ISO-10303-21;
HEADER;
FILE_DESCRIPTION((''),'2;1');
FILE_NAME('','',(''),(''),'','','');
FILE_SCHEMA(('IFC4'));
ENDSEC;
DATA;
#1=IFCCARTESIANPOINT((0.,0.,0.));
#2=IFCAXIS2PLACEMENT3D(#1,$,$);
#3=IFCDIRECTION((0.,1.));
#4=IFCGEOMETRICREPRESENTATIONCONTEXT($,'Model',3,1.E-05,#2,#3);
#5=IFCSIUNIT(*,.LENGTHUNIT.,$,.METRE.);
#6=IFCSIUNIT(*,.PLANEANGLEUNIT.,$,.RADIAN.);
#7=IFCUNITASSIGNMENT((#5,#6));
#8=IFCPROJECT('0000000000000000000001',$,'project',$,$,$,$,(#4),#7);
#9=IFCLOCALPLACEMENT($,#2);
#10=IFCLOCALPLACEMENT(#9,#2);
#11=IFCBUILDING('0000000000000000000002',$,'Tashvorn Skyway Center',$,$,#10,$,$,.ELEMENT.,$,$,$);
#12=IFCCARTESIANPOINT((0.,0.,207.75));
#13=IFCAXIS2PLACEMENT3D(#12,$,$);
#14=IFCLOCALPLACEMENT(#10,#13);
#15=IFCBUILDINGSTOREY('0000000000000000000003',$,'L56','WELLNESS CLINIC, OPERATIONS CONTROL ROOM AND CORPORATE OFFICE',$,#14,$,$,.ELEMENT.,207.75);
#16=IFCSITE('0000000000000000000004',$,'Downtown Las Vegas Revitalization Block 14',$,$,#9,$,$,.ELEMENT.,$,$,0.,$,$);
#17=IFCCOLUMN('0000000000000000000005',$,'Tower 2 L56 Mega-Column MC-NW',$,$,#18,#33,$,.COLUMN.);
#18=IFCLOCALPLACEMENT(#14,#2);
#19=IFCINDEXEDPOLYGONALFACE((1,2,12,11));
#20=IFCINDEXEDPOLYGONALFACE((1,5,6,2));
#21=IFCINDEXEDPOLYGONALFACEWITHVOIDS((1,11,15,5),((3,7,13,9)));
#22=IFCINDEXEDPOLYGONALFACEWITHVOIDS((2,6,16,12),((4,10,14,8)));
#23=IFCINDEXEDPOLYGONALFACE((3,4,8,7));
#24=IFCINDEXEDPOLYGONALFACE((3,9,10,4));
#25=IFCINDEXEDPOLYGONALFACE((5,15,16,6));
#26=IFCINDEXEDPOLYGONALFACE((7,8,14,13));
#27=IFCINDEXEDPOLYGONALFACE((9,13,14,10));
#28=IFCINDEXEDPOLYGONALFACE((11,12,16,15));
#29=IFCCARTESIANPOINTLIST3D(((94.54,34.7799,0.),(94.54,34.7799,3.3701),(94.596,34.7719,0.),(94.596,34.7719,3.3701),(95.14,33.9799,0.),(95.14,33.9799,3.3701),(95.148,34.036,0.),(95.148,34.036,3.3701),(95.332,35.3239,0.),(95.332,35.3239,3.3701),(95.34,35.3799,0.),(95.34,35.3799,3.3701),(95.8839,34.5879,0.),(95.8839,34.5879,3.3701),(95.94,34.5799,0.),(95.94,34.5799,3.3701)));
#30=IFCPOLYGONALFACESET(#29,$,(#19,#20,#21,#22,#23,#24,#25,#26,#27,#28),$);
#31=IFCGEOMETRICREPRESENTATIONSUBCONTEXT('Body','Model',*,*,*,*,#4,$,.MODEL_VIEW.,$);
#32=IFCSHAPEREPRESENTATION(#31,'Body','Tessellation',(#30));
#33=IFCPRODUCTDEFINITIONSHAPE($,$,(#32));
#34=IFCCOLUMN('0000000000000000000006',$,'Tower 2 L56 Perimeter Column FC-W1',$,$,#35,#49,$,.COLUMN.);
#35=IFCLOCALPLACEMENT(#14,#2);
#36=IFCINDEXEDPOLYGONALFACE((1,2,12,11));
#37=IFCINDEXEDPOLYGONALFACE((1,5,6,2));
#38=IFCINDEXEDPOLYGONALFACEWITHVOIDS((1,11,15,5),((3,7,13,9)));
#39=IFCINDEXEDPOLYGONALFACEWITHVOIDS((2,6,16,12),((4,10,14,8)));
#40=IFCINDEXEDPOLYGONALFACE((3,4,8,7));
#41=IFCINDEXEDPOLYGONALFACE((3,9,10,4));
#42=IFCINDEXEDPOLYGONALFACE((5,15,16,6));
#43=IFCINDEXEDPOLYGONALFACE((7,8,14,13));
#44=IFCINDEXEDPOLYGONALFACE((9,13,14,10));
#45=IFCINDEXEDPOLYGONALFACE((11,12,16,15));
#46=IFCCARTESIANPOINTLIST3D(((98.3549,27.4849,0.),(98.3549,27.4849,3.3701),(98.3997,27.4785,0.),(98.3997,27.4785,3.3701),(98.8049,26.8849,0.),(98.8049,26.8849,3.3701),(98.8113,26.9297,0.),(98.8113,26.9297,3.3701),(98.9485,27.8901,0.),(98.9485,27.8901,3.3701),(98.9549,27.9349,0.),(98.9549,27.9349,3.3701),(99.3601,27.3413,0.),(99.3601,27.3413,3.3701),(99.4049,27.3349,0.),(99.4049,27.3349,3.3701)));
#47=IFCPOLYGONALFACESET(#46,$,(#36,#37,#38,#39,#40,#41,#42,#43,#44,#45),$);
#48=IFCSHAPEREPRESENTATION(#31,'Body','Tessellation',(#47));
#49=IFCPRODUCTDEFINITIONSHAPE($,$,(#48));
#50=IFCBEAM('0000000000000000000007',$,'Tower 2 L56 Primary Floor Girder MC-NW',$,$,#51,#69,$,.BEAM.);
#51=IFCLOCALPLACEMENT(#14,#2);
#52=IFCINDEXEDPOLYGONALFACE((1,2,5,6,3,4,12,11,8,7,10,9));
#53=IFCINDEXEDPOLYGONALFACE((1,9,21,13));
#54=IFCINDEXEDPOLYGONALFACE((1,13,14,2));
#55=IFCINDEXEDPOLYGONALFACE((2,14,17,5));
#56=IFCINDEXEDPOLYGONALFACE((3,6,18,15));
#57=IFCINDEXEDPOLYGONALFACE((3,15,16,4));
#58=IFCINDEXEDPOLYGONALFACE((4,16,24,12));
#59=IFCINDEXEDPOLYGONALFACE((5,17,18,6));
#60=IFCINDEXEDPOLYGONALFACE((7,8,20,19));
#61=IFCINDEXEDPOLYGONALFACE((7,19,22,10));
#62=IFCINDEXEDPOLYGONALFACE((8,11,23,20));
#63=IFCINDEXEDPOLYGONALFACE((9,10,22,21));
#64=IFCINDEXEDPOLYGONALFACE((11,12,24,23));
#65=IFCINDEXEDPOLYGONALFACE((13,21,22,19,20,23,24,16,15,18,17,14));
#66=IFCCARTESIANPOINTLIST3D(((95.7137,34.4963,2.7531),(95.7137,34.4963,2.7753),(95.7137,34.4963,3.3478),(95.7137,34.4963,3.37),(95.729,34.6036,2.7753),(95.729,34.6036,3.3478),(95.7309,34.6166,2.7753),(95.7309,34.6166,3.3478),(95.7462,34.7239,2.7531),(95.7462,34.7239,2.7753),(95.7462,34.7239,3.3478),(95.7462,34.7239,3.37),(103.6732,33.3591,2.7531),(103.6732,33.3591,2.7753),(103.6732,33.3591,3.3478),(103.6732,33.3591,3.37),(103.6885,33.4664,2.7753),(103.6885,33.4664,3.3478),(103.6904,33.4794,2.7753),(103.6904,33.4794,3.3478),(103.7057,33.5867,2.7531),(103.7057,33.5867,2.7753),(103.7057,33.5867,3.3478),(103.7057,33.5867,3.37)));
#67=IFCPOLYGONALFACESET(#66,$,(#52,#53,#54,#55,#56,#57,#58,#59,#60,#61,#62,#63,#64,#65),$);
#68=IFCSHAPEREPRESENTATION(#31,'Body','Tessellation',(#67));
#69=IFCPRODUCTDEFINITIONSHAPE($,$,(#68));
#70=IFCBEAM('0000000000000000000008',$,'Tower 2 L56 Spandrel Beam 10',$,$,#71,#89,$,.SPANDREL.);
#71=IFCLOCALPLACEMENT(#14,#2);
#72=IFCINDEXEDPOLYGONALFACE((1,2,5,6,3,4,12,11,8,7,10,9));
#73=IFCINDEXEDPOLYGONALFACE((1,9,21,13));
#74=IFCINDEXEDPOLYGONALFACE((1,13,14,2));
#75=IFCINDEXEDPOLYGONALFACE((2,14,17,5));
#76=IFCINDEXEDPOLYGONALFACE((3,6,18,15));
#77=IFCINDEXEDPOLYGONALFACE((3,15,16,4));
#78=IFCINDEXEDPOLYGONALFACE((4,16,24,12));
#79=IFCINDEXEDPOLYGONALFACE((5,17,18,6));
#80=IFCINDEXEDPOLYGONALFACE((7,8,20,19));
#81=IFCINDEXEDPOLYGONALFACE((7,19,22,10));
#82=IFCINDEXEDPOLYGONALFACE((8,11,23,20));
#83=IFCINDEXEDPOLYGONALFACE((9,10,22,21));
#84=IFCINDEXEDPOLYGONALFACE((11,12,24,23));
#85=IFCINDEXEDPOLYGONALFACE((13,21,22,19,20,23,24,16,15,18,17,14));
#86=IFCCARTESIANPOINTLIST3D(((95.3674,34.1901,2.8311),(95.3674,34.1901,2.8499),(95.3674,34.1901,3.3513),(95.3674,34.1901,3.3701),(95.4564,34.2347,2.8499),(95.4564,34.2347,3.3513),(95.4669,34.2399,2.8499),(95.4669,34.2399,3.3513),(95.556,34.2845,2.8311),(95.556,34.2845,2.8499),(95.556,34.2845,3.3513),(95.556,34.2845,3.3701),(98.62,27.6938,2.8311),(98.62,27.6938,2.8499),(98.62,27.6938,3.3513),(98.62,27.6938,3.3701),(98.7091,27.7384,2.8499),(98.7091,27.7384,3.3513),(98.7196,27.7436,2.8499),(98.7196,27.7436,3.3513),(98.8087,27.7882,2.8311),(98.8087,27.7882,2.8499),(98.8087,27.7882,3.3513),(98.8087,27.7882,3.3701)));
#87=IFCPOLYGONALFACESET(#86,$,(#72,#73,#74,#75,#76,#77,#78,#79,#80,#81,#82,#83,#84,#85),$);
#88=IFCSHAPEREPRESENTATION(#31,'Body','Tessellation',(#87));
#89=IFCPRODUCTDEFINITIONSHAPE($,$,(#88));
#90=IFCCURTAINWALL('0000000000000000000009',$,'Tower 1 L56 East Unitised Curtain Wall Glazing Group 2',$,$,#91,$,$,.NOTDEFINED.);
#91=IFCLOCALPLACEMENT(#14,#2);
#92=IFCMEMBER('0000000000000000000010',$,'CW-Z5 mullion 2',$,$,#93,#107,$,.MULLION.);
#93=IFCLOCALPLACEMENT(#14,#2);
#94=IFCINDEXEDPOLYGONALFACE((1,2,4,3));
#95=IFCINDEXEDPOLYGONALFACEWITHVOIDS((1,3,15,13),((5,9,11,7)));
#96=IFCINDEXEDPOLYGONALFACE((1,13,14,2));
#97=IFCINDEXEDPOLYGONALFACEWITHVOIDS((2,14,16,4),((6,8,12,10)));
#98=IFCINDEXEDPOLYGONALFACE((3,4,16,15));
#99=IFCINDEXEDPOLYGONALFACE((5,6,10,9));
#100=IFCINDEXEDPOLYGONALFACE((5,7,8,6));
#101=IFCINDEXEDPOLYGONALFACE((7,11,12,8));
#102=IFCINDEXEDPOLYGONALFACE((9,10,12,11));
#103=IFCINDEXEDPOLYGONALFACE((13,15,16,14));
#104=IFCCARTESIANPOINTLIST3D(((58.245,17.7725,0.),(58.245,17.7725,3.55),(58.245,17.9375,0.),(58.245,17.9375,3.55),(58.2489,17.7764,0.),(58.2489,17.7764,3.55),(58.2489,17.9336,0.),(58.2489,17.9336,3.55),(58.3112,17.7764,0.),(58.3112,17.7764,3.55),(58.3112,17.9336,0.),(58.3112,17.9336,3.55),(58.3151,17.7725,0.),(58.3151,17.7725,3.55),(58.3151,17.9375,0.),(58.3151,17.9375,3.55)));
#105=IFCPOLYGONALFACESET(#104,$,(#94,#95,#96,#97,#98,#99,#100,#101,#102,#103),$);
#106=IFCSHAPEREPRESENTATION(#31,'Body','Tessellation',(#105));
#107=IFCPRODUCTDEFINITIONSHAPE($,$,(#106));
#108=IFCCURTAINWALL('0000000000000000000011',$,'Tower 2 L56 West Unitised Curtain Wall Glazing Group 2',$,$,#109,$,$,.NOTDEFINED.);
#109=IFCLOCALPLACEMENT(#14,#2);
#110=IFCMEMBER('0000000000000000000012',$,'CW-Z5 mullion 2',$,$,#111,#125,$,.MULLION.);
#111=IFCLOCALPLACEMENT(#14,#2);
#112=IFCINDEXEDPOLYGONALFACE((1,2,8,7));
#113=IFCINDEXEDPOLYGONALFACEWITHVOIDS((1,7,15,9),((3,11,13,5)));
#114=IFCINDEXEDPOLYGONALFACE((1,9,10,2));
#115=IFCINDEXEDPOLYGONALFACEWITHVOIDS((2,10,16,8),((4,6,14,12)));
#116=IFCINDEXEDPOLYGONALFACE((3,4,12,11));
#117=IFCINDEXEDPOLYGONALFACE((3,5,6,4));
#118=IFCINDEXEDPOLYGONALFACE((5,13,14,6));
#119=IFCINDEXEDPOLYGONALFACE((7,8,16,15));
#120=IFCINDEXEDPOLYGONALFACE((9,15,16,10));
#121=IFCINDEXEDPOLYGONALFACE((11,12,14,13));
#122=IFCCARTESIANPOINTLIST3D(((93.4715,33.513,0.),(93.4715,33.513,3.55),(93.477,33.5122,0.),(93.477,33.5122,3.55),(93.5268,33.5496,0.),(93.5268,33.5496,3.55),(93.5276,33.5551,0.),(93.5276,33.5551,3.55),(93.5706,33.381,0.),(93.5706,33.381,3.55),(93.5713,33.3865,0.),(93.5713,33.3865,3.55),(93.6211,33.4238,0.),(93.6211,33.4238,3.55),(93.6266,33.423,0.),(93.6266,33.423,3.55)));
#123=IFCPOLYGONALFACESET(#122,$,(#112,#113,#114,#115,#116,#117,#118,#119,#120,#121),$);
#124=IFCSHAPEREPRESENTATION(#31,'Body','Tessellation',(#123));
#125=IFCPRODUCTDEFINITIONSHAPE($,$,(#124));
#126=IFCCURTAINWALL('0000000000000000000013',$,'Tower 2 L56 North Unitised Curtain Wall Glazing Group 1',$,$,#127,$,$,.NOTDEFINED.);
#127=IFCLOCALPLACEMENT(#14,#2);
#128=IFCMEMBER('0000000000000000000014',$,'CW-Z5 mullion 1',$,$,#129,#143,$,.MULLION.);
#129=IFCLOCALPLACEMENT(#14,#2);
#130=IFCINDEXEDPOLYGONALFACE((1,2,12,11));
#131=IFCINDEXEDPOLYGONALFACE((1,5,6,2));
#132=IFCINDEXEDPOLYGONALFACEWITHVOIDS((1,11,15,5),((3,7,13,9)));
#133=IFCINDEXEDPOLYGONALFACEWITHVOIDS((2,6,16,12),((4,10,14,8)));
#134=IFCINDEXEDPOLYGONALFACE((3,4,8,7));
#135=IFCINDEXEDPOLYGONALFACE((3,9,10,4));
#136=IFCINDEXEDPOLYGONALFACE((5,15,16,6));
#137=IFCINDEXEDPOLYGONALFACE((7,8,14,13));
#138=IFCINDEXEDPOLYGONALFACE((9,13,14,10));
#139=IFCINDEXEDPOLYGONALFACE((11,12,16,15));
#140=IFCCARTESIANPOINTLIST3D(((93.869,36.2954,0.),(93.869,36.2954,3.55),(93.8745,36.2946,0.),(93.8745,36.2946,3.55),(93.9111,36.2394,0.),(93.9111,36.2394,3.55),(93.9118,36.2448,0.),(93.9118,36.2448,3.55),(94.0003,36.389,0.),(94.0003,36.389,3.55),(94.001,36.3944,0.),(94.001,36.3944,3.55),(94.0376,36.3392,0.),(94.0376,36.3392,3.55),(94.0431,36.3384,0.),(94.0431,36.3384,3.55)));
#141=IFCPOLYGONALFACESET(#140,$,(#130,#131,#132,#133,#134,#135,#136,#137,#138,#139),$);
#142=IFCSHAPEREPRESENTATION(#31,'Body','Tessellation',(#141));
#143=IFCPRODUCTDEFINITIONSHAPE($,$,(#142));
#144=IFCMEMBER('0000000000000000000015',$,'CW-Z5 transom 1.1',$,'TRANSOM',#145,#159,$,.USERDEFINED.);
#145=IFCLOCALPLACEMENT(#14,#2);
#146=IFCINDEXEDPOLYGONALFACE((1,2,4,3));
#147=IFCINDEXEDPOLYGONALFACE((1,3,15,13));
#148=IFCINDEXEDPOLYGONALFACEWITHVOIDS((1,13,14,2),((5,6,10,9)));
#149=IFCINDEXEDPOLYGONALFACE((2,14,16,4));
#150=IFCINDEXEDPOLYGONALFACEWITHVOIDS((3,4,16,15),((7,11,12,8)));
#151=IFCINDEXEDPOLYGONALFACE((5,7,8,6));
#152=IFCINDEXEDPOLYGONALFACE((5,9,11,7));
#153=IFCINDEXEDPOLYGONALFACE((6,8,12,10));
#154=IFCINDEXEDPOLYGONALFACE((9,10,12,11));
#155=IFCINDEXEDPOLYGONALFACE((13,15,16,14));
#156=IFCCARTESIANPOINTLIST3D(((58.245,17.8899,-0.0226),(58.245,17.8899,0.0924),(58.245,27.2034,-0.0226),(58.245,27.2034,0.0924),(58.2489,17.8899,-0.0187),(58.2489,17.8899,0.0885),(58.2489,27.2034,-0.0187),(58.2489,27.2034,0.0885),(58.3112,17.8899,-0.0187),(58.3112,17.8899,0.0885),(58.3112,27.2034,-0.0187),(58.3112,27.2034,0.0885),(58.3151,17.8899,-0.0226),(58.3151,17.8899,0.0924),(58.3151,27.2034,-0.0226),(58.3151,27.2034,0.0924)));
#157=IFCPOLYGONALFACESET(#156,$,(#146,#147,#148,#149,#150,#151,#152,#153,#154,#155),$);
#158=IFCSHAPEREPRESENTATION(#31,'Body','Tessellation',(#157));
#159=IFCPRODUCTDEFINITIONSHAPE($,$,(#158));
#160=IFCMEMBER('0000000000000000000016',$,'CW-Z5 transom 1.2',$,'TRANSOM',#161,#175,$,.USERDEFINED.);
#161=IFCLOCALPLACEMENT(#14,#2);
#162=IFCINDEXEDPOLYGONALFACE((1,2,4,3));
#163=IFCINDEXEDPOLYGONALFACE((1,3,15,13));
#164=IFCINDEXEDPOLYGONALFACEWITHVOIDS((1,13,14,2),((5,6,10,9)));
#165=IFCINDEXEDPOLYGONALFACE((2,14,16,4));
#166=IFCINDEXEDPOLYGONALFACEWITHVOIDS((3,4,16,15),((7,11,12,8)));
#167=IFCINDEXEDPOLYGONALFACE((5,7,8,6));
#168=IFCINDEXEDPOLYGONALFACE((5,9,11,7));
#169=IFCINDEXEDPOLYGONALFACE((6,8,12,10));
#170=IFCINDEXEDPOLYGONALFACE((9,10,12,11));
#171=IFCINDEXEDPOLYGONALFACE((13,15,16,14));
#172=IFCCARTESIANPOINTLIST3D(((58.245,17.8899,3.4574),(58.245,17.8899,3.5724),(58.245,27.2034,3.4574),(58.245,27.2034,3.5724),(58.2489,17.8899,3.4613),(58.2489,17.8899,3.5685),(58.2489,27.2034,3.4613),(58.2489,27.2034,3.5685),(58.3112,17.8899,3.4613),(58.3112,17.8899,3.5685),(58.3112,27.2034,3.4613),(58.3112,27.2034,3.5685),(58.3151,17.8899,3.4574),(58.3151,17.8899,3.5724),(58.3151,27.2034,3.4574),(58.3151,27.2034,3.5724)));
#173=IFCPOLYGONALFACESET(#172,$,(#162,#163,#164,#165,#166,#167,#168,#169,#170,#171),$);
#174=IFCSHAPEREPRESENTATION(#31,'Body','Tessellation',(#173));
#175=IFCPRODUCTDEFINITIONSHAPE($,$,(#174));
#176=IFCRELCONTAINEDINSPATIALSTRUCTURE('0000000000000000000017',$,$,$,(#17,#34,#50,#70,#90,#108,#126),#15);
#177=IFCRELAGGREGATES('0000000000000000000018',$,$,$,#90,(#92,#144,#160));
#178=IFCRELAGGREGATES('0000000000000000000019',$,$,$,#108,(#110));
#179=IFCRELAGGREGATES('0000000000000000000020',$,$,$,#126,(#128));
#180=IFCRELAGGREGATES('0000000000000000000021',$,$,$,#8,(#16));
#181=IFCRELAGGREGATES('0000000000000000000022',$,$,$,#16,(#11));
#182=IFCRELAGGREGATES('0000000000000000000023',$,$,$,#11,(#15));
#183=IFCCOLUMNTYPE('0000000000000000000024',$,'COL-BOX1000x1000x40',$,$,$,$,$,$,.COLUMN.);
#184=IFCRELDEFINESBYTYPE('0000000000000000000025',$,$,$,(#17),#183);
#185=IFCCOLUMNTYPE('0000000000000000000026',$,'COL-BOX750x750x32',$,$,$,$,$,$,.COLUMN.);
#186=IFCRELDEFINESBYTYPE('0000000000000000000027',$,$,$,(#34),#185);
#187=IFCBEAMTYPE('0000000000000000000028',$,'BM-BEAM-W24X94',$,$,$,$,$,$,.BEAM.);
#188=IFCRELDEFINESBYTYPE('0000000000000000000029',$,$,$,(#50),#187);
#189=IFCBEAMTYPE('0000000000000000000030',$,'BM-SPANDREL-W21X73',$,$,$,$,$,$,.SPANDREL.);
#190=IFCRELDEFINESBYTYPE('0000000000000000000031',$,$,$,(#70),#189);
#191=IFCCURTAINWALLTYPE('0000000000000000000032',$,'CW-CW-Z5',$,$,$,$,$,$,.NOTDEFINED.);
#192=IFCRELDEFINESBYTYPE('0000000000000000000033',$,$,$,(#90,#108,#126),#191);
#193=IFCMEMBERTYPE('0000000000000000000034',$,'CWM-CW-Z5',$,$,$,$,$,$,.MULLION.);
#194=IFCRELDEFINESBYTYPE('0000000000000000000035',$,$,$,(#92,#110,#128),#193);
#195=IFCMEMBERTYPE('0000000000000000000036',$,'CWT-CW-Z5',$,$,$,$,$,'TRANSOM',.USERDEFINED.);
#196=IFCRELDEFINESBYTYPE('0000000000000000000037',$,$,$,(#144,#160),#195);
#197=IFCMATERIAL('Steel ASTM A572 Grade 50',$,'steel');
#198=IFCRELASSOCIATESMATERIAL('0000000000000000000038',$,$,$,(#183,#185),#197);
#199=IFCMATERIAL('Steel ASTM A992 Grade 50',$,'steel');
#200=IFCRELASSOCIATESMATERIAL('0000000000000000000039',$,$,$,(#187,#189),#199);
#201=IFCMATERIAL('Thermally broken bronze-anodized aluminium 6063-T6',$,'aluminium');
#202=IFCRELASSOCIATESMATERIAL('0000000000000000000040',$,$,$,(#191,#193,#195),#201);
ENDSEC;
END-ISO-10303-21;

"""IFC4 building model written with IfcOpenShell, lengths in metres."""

from ifc_helpers import new_model, si_unit, direction, frame, origin, origin_2d, place, context, subcontext, project, spatial, hollow_rectangle, i_section, extrude, material, material_profile, profile_set, type_object, element, aggregate, save


model = new_model("IFC4")

# Units and contexts
model_context = context("Model", 3, precision=1e-05, world=origin(), true_north=direction((0.0, 1.0)))
body_context = subcontext(model_context, "Body", "Model", "MODEL_VIEW")
ifc_project = project(units=[si_unit("LENGTHUNIT", "METRE"), si_unit("PLANEANGLEUNIT", "RADIAN")], contexts=[model_context])

# Site, building, storey
site_placement = place(None, origin())
site = spatial("IfcSite", under=ifc_project, at=site_placement, Name="Downtown Las Vegas Revitalization Block 14", CompositionType="ELEMENT", RefElevation=0.0)
building_placement = place(site_placement, origin())
building = spatial("IfcBuilding", under=site, at=building_placement, Name="Tashvorn Skyway Center", CompositionType="ELEMENT")
storey_placement = place(building_placement, frame((0.0, 0.0, 207.75)))
storey = spatial("IfcBuildingStorey", under=building, at=storey_placement, Name="L56", Description="WELLNESS CLINIC, OPERATIONS CONTROL ROOM AND CORPORATE OFFICE", CompositionType="ELEMENT", Elevation=207.75)

# Columns
ifc_material_1 = material(Name="Steel ASTM A572 Grade 50", Category="steel")
ifc_material_profile_1 = material_profile(ifc_material_1, hollow_rectangle(XDim=1.0, YDim=1.0, WallThickness=0.04, at=origin_2d()), Name="BOX1000x1000x40")
ifc_profile_set_1 = profile_set([ifc_material_profile_1], Name="Steel ASTM A572 Grade 50")
column_type_1 = type_object("IfcColumnType", Name="COL-BOX1000x1000x40", PredefinedType="COLUMN", material=ifc_profile_set_1)
column_1_placement = place(storey_placement, frame((95.24, 34.6799, 0.0), z_axis=(0.0, 0.0, 1.0), x_axis=(0.8, 0.6, 0.0)))
element("IfcColumn", 1, at=column_1_placement, inside=storey, type_object=column_type_1, Name="Tower 2 L56 Mega-Column MC-NW", PredefinedType="COLUMN", context=body_context, shape_type="SweptSolid", body=[
    extrude(hollow_rectangle(XDim=1.0, YDim=1.0, WallThickness=0.04, at=origin_2d()), origin(), (0.0, 0.0, 1.0), 3.3701),
])
ifc_material_profile_2 = material_profile(ifc_material_1, hollow_rectangle(XDim=0.75, YDim=0.75, WallThickness=0.032, at=origin_2d()), Name="BOX750x750x32")
ifc_profile_set_2 = profile_set([ifc_material_profile_2], Name="Steel ASTM A572 Grade 50")
column_type_2 = type_object("IfcColumnType", Name="COL-BOX750x750x32", PredefinedType="COLUMN", material=ifc_profile_set_2)
column_2_placement = place(storey_placement, frame((98.8799, 27.4099, 0.0), z_axis=(0.0, 0.0, 1.0), x_axis=(0.8, 0.6, 0.0)))
element("IfcColumn", 2, at=column_2_placement, inside=storey, type_object=column_type_2, Name="Tower 2 L56 Perimeter Column FC-W1", PredefinedType="COLUMN", context=body_context, shape_type="SweptSolid", body=[
    extrude(hollow_rectangle(XDim=0.75, YDim=0.75, WallThickness=0.032, at=origin_2d()), origin(), (0.0, 0.0, 1.0), 3.3701),
])

# Beams
ifc_material_2 = material(Name="Steel ASTM A992 Grade 50", Category="steel")
ifc_material_profile_3 = material_profile(ifc_material_2, i_section(OverallWidth=0.23, OverallDepth=0.6169, WebThickness=0.0132, FlangeThickness=0.0222, at=origin_2d()), Name="W24X94")
ifc_profile_set_3 = profile_set([ifc_material_profile_3], Name="Steel ASTM A992 Grade 50")
beam_type_1 = type_object("IfcBeamType", Name="BM-BEAM-W24X94", PredefinedType="BEAM", material=ifc_profile_set_3)
beam_1_placement = place(storey_placement, frame((95.73, 34.6101, 3.0615), z_axis=(0.989947, -0.141438, 0.0), x_axis=(0.141438, 0.989947, 0.0)))
element("IfcBeam", 3, at=beam_1_placement, inside=storey, type_object=beam_type_1, Name="Tower 2 L56 Primary Floor Girder MC-NW", PredefinedType="BEAM", context=body_context, shape_type="SweptSolid", body=[
    extrude(i_section(OverallWidth=0.23, OverallDepth=0.6169, WebThickness=0.0132, FlangeThickness=0.0222, at=origin_2d()), origin(), (0.0, 0.0, 1.0), 8.0403),
])
ifc_material_profile_4 = material_profile(ifc_material_2, i_section(OverallWidth=0.2109, OverallDepth=0.5391, WebThickness=0.0117, FlangeThickness=0.0188, at=origin_2d()), Name="W21X73")
ifc_profile_set_4 = profile_set([ifc_material_profile_4], Name="Steel ASTM A992 Grade 50")
beam_type_2 = type_object("IfcBeamType", Name="BM-SPANDREL-W21X73", PredefinedType="SPANDREL", material=ifc_profile_set_4)
beam_2_placement = place(storey_placement, frame((95.4617, 34.2373, 3.1006), z_axis=(0.447711, -0.894178, 0.0), x_axis=(0.894178, 0.447711, 0.0)))
element("IfcBeam", 4, at=beam_2_placement, inside=storey, type_object=beam_type_2, Name="Tower 2 L56 Spandrel Beam 10", PredefinedType="SPANDREL", context=body_context, shape_type="SweptSolid", body=[
    extrude(i_section(OverallWidth=0.2109, OverallDepth=0.5391, WebThickness=0.0117, FlangeThickness=0.0188, at=origin_2d()), origin(), (0.0, 0.0, 1.0), 7.2651),
])

# Curtain walls, members
ifc_material_3 = material(Name="Thermally broken bronze-anodized aluminium 6063-T6", Category="aluminium")
curtain_wall_type = type_object("IfcCurtainWallType", Name="CW-CW-Z5", PredefinedType="NOTDEFINED", material=ifc_material_3)
curtain_wall_1_placement = place(storey_placement, origin())
curtain_wall_1 = element("IfcCurtainWall", 5, at=curtain_wall_1_placement, inside=storey, type_object=curtain_wall_type, Name="Tower 1 L56 East Unitised Curtain Wall Glazing Group 2", PredefinedType="NOTDEFINED")
ifc_material_profile_5 = material_profile(ifc_material_3, hollow_rectangle(XDim=0.0701, YDim=0.165, WallThickness=0.0039, at=origin_2d()), Name="ALU-MULL-70x165")
ifc_profile_set_5 = profile_set([ifc_material_profile_5], Name="Thermally broken bronze-anodized aluminium 6063-T6")
member_type_1 = type_object("IfcMemberType", Name="CWM-CW-Z5", PredefinedType="MULLION", material=ifc_profile_set_5)
member_1_placement = place(storey_placement, frame((58.28, 17.855, 0.0), z_axis=(0.0, 0.0, 1.0), x_axis=(1.0, 0.0, 0.0)))
member_1 = element("IfcMember", 6, at=member_1_placement, type_object=member_type_1, Name="CW-Z5 mullion 2", PredefinedType="MULLION", context=body_context, shape_type="SweptSolid", body=[
    extrude(hollow_rectangle(XDim=0.0701, YDim=0.165, WallThickness=0.0039, at=origin_2d()), origin(), (0.0, 0.0, 1.0), 3.55),
])
curtain_wall_2_placement = place(storey_placement, origin())
curtain_wall_2 = element("IfcCurtainWall", 7, at=curtain_wall_2_placement, inside=storey, type_object=curtain_wall_type, Name="Tower 2 L56 West Unitised Curtain Wall Glazing Group 2", PredefinedType="NOTDEFINED")
member_2_placement = place(storey_placement, frame((93.5491, 33.468, 0.0), z_axis=(0.0, 0.0, 1.0), x_axis=(-0.799999, -0.600002, 0.0)))
member_2 = element("IfcMember", 8, at=member_2_placement, type_object=member_type_1, Name="CW-Z5 mullion 2", PredefinedType="MULLION", context=body_context, shape_type="SweptSolid", body=[
    extrude(hollow_rectangle(XDim=0.0701, YDim=0.165, WallThickness=0.0039, at=origin_2d()), origin(), (0.0, 0.0, 1.0), 3.55),
])
curtain_wall_3_placement = place(storey_placement, origin())
curtain_wall_3 = element("IfcCurtainWall", 9, at=curtain_wall_3_placement, inside=storey, type_object=curtain_wall_type, Name="Tower 2 L56 North Unitised Curtain Wall Glazing Group 1", PredefinedType="NOTDEFINED")
member_3_placement = place(storey_placement, frame((93.9561, 36.3169, 0.0), z_axis=(0.0, 0.0, 1.0), x_axis=(-0.600002, 0.799999, 0.0)))
member_3 = element("IfcMember", 10, at=member_3_placement, type_object=member_type_1, Name="CW-Z5 mullion 1", PredefinedType="MULLION", context=body_context, shape_type="SweptSolid", body=[
    extrude(hollow_rectangle(XDim=0.0701, YDim=0.165, WallThickness=0.0039, at=origin_2d()), origin(), (0.0, 0.0, 1.0), 3.55),
])

# Members
ifc_material_profile_6 = material_profile(ifc_material_3, hollow_rectangle(XDim=0.0701, YDim=0.115, WallThickness=0.0039, at=origin_2d()), Name="ALU-TRAN-70x115")
ifc_profile_set_6 = profile_set([ifc_material_profile_6], Name="Thermally broken bronze-anodized aluminium 6063-T6")
member_type_2 = type_object("IfcMemberType", Name="CWT-CW-Z5", ElementType="TRANSOM", PredefinedType="USERDEFINED", material=ifc_profile_set_6)
member_4_placement = place(storey_placement, frame((58.28, 27.2034, 0.0349), z_axis=(0.0, -1.0, 0.0), x_axis=(1.0, 0.0, 0.0)))
member_4 = element("IfcMember", 11, at=member_4_placement, type_object=member_type_2, Name="CW-Z5 transom 1.1", ObjectType="TRANSOM", PredefinedType="USERDEFINED", context=body_context, shape_type="SweptSolid", body=[
    extrude(hollow_rectangle(XDim=0.0701, YDim=0.115, WallThickness=0.0039, at=origin_2d()), origin(), (0.0, 0.0, 1.0), 9.3135),
])
member_5_placement = place(storey_placement, frame((58.28, 27.2034, 3.5149), z_axis=(0.0, -1.0, 0.0), x_axis=(1.0, 0.0, 0.0)))
member_5 = element("IfcMember", 12, at=member_5_placement, type_object=member_type_2, Name="CW-Z5 transom 1.2", ObjectType="TRANSOM", PredefinedType="USERDEFINED", context=body_context, shape_type="SweptSolid", body=[
    extrude(hollow_rectangle(XDim=0.0701, YDim=0.115, WallThickness=0.0039, at=origin_2d()), origin(), (0.0, 0.0, 1.0), 9.3135),
])

aggregate(curtain_wall_1, [member_1, member_4, member_5])
aggregate(curtain_wall_2, [member_2])
aggregate(curtain_wall_3, [member_3])

save(model, "model.ifc")
